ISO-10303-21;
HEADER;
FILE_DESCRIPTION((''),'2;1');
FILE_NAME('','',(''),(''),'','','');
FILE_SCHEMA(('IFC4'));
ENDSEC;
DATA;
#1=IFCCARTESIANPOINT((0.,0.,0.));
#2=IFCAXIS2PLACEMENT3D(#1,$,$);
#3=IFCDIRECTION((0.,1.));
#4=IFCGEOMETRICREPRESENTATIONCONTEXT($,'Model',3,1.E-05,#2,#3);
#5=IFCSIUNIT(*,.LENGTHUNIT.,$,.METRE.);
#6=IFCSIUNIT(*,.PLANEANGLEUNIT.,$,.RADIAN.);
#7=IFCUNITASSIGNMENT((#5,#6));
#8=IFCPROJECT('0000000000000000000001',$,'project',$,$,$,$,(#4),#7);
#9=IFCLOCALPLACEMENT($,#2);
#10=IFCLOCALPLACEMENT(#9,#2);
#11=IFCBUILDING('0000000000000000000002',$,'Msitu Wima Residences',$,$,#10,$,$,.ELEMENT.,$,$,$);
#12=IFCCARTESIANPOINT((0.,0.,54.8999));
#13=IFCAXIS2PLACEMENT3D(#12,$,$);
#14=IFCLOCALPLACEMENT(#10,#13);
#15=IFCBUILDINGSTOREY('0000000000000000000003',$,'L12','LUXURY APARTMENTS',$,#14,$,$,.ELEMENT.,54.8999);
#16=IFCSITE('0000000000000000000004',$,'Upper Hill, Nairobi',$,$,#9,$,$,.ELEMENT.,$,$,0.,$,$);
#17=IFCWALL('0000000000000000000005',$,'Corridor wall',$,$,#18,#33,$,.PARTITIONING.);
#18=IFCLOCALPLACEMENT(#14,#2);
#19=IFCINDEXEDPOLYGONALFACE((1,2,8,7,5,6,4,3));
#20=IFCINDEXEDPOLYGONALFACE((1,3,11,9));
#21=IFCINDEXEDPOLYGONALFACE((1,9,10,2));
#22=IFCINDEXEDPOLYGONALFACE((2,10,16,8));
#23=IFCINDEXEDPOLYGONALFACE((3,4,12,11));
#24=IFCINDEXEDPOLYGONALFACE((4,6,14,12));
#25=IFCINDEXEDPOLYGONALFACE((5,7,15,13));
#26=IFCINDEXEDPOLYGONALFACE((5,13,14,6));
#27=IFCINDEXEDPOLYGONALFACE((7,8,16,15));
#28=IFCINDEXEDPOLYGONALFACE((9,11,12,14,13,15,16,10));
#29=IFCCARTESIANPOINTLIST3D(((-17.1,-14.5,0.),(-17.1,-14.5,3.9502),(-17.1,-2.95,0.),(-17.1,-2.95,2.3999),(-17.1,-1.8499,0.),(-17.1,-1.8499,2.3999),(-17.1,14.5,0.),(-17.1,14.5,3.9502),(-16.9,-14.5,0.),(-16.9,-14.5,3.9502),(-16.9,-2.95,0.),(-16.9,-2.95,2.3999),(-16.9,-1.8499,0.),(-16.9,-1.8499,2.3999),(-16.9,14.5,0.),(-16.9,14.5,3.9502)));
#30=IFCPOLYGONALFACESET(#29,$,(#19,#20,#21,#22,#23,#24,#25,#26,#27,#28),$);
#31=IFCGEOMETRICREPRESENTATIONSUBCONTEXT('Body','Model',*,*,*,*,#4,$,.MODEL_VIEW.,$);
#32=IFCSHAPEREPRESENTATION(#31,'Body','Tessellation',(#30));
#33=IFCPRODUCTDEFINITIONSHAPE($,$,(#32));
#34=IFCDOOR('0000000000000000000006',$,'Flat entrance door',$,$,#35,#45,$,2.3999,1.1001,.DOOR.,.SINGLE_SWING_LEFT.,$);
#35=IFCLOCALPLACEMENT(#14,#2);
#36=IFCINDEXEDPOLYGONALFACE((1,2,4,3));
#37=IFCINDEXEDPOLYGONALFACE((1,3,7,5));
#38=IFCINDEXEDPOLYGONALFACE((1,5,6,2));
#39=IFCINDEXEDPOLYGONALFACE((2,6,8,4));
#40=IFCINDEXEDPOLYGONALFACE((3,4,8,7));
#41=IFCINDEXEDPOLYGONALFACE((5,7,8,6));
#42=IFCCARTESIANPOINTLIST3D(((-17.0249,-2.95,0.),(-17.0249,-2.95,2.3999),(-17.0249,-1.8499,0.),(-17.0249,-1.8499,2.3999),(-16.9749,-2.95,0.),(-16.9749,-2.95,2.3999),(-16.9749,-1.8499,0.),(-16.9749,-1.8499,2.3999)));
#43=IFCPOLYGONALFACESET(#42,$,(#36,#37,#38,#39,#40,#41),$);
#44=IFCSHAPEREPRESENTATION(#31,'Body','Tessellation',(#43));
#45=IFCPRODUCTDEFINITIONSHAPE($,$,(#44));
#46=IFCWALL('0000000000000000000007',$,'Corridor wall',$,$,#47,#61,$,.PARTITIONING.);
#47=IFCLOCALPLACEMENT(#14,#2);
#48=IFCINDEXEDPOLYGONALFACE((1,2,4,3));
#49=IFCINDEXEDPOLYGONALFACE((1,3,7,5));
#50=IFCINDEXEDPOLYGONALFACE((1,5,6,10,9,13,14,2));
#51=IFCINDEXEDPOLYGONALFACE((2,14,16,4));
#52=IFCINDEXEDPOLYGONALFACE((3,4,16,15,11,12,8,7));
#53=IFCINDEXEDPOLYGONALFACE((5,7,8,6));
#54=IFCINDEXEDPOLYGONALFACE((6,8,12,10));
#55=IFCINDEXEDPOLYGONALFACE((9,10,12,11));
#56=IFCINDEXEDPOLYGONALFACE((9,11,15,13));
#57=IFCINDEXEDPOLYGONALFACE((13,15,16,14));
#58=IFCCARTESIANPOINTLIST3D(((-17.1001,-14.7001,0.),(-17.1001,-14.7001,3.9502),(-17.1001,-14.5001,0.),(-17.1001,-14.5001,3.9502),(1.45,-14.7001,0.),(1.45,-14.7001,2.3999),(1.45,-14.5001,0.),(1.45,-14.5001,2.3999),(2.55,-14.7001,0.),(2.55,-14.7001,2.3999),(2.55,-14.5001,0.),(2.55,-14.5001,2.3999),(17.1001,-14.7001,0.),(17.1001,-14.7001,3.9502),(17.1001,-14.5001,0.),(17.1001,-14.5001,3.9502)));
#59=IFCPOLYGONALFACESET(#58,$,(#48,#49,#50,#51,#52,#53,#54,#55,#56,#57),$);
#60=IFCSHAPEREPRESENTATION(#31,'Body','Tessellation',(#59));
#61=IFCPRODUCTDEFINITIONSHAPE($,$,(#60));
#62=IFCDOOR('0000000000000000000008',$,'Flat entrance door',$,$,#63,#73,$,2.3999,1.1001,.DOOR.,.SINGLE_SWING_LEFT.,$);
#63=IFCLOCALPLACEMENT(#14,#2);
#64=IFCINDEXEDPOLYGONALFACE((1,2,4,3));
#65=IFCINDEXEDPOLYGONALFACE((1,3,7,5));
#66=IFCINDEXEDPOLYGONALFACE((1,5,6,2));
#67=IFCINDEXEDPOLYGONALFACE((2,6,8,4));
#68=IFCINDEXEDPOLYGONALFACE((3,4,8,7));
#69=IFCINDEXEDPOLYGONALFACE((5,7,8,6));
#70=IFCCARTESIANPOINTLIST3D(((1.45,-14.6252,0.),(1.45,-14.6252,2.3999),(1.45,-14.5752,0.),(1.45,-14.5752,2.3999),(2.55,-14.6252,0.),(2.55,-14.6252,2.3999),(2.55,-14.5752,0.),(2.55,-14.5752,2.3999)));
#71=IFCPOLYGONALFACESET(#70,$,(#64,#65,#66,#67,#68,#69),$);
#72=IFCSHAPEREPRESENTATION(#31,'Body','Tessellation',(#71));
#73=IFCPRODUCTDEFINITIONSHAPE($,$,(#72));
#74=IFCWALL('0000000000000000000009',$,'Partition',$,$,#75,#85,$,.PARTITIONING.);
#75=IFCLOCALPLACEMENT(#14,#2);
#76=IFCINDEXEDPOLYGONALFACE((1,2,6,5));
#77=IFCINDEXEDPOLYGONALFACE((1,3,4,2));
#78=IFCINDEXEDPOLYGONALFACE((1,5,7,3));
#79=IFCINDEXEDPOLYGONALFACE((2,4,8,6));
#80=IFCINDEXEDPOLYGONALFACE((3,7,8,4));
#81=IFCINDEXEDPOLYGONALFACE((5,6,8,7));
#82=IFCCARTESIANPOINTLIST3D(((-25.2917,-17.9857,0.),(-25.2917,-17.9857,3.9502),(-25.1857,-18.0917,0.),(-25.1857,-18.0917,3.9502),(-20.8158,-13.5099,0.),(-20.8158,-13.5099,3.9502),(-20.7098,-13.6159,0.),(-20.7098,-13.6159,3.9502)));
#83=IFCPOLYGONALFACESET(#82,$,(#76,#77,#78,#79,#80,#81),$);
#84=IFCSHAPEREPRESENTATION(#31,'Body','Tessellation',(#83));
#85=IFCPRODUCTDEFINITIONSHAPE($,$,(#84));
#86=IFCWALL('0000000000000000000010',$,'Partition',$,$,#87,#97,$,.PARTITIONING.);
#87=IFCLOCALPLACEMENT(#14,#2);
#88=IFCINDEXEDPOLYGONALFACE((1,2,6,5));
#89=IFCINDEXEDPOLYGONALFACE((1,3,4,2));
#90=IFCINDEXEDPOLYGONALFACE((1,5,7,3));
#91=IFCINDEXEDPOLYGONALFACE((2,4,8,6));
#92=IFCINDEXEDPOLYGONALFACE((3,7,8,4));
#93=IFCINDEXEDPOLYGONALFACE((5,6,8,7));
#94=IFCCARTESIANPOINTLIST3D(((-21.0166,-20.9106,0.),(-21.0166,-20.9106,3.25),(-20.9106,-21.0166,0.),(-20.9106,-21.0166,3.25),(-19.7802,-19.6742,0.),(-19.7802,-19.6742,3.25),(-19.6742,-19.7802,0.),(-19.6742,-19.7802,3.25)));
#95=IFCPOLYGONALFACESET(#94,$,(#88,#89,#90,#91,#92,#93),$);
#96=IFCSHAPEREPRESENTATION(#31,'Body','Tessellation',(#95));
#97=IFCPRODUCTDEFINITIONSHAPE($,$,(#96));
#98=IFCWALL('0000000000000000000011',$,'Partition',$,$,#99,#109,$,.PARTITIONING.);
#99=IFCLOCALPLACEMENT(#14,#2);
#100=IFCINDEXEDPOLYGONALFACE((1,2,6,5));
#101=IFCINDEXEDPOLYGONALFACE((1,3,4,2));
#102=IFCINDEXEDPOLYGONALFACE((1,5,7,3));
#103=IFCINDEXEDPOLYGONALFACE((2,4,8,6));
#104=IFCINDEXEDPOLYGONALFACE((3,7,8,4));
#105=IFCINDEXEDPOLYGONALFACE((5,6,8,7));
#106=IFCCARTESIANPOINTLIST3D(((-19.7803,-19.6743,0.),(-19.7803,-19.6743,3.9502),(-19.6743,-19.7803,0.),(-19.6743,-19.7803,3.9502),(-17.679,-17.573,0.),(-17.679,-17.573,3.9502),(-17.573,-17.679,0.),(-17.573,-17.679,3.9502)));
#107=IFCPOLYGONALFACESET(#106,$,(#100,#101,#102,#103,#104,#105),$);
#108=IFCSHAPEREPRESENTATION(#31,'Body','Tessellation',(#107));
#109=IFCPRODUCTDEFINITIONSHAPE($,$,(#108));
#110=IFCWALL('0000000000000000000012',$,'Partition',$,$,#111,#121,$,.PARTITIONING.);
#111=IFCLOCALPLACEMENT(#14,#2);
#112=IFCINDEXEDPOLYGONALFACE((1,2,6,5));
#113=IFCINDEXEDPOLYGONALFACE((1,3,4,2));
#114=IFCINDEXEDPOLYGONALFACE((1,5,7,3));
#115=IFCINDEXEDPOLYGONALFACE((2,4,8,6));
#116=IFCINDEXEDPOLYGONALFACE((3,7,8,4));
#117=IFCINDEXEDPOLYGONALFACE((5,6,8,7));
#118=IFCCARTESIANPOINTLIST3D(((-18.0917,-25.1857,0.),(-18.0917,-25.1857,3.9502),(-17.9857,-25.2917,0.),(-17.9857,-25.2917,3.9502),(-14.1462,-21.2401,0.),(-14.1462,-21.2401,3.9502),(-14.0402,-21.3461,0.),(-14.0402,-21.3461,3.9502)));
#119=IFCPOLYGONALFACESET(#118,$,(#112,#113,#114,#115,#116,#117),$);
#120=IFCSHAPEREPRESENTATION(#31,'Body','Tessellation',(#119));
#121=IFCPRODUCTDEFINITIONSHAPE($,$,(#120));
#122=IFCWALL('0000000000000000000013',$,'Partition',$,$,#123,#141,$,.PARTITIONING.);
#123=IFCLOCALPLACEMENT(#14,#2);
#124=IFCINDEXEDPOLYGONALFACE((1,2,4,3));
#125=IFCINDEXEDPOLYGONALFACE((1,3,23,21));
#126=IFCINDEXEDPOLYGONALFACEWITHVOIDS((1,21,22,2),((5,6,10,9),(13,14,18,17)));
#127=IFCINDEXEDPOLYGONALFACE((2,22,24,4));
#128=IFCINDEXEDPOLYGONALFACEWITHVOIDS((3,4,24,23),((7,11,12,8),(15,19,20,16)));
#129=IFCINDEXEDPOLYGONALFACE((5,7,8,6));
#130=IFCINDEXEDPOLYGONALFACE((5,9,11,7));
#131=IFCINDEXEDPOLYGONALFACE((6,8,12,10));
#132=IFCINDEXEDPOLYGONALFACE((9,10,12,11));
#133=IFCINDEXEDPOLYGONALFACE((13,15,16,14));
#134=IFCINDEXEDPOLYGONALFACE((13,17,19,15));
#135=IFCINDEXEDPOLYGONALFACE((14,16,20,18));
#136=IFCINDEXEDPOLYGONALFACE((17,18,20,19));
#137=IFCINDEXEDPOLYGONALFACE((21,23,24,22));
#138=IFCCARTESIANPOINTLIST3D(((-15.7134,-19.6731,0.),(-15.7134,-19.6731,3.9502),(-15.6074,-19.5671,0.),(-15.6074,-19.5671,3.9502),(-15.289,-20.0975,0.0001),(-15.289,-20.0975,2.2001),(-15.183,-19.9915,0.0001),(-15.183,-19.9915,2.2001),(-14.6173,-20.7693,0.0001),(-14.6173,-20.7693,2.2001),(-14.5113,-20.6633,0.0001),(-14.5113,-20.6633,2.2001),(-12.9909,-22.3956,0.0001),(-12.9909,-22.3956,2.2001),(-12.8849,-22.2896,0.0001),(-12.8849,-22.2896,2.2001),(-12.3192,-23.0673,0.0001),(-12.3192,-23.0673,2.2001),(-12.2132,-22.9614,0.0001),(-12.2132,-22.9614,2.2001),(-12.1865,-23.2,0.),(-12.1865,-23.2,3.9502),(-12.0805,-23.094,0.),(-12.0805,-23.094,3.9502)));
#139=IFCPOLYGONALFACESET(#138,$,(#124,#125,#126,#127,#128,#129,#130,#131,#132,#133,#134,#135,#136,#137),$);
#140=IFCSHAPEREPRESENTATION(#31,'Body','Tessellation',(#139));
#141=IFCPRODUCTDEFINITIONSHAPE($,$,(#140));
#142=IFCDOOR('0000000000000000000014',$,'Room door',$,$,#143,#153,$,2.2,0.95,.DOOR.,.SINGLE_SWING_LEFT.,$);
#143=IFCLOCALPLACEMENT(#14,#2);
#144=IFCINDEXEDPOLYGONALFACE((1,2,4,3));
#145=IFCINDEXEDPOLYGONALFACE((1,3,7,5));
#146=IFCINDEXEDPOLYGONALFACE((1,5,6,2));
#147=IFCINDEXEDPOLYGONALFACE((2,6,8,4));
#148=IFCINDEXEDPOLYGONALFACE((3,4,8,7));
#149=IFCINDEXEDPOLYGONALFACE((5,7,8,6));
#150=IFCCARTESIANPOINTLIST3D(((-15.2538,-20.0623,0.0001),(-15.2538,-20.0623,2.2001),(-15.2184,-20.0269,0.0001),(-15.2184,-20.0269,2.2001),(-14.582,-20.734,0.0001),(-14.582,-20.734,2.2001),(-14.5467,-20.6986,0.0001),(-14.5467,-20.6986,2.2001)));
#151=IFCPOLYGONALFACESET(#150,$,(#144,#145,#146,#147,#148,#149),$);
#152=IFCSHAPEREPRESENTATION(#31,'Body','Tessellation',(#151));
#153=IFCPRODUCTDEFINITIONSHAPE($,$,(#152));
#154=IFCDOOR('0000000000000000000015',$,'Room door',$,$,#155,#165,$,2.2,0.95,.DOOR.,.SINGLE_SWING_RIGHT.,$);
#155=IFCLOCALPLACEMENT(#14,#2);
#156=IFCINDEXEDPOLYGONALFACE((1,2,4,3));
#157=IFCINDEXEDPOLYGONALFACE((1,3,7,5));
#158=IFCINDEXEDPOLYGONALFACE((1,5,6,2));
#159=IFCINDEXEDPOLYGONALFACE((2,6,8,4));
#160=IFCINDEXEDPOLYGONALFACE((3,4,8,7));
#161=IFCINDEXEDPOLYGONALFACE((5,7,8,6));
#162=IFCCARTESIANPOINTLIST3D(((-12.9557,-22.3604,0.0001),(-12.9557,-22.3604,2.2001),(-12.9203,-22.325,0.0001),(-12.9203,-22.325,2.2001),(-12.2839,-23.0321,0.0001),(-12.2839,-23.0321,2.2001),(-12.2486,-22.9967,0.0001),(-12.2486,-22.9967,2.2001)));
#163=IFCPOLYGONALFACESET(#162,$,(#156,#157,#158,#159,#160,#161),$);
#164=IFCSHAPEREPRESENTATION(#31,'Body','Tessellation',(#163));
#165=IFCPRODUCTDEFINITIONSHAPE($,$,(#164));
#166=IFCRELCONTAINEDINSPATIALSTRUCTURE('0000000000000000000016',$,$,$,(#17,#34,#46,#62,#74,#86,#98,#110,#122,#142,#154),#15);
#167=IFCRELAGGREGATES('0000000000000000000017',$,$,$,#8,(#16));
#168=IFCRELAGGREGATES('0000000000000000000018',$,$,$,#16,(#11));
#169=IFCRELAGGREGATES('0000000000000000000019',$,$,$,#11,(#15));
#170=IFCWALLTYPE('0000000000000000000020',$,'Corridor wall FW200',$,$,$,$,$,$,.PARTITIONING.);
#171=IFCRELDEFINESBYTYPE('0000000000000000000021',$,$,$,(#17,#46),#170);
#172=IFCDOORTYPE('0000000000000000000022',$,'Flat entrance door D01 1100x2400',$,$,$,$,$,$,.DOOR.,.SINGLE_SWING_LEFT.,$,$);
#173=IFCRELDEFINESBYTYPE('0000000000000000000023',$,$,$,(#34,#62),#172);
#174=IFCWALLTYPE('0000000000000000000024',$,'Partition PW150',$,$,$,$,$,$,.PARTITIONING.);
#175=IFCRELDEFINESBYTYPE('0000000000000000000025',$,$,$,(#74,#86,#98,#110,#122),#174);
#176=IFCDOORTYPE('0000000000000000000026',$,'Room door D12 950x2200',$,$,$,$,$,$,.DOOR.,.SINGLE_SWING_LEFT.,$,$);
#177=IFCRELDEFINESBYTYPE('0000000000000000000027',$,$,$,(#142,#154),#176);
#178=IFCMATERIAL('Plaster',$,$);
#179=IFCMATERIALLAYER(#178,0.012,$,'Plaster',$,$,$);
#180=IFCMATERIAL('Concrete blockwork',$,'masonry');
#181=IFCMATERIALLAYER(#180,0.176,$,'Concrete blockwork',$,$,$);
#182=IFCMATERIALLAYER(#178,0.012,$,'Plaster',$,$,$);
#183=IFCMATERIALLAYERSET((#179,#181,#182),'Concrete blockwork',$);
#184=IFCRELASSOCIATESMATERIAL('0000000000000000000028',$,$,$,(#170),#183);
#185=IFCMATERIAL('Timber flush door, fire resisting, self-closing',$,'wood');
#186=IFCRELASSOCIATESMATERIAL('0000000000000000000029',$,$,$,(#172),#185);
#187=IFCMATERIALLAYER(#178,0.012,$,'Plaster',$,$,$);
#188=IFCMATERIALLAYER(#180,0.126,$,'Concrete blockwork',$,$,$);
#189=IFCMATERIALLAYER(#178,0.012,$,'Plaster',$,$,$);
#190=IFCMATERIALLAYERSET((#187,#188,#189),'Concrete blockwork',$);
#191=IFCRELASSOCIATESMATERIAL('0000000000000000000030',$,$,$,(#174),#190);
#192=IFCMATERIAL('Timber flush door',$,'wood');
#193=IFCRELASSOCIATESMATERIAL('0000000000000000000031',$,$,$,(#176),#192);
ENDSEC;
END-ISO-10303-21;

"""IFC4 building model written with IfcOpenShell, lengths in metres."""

from ifc_helpers import new_model, si_unit, direction, frame, frame_2d, origin, place, context, subcontext, project, spatial, rectangle, extrude, material, layer, layer_set, type_object, element, fill, save


model = new_model("IFC4")

# Units and contexts
model_context = context("Model", 3, precision=1e-05, world=origin(), true_north=direction((0.0, 1.0)))
body_context = subcontext(model_context, "Body", "Model", "MODEL_VIEW")
ifc_project = project(units=[si_unit("LENGTHUNIT", "METRE"), si_unit("PLANEANGLEUNIT", "RADIAN")], contexts=[model_context])

# Site, building, storey
site_placement = place(None, origin())
site = spatial("IfcSite", under=ifc_project, at=site_placement, Name="Upper Hill, Nairobi", CompositionType="ELEMENT", RefElevation=0.0)
building_placement = place(site_placement, origin())
building = spatial("IfcBuilding", under=site, at=building_placement, Name="Msitu Wima Residences", CompositionType="ELEMENT")
storey_placement = place(building_placement, frame((0.0, 0.0, 54.8999)))
storey = spatial("IfcBuildingStorey", under=building, at=storey_placement, Name="L12", Description="LUXURY APARTMENTS", CompositionType="ELEMENT", Elevation=54.8999)

# Walls, openings, doors
ifc_material_1 = material(Name="Plaster")
ifc_layer_1 = layer(ifc_material_1, 0.012, Name="Plaster")
ifc_material_2 = material(Name="Concrete blockwork", Category="masonry")
ifc_layer_2 = layer(ifc_material_2, 0.176, Name="Concrete blockwork")
ifc_layer_3 = layer(ifc_material_1, 0.012, Name="Plaster")
ifc_layer_set_1 = layer_set([ifc_layer_1, ifc_layer_2, ifc_layer_3], Name="Concrete blockwork")
wall_type_1 = type_object("IfcWallType", Name="Corridor wall FW200", PredefinedType="PARTITIONING", material=ifc_layer_set_1)
wall_1_placement = place(storey_placement, frame((-17.0, -14.5, 0.0), z_axis=(0.0, 0.0, 1.0), x_axis=(0.0, 1.0, 0.0)))
wall_1 = element("IfcWall", 1, at=wall_1_placement, inside=storey, type_object=wall_type_1, Name="Corridor wall", PredefinedType="PARTITIONING", context=body_context, shape_type="SweptSolid", body=[
    extrude(rectangle(XDim=29.0, YDim=0.2, at=frame_2d((14.5, 0.0))), origin(), (0.0, 0.0, 1.0), 3.9502),
])
opening_1_placement = place(wall_1_placement, frame((11.55, 0.0, 0.0)))
opening_1 = element("IfcOpeningElement", 2, at=opening_1_placement, cuts=wall_1, PredefinedType="OPENING", context=body_context, shape_type="SweptSolid", body=[
    extrude(rectangle(XDim=1.1001, YDim=2.3999, at=frame_2d((0.55, 1.2))), frame((0.0, 0.1099, 0.0), z_axis=(0.0, -1.0, 0.0), x_axis=(1.0, 0.0, 0.0)), (0.0, 0.0, 1.0), 0.22),
])
ifc_material_3 = material(Name="Timber flush door, fire resisting, self-closing", Category="wood")
door_type_1 = type_object("IfcDoorType", Name="Flat entrance door D01 1100x2400", OperationType="SINGLE_SWING_LEFT", PredefinedType="DOOR", material=ifc_material_3)
door_1_placement = place(opening_1_placement, origin())
door_1 = element("IfcDoor", 3, at=door_1_placement, inside=storey, type_object=door_type_1, Name="Flat entrance door", OperationType="SINGLE_SWING_LEFT", OverallHeight=2.3999, OverallWidth=1.1001, PredefinedType="DOOR", context=body_context, shape_type="SweptSolid", body=[
    extrude(rectangle(XDim=1.1001, YDim=2.3999, at=frame_2d((0.55, 1.2))), frame((0.0, 0.0249, 0.0), z_axis=(0.0, -1.0, 0.0), x_axis=(1.0, 0.0, 0.0)), (0.0, 0.0, 1.0), 0.05),
])
fill(opening_1, door_1)
wall_2_placement = place(storey_placement, frame((-17.1001, -14.6001, 0.0), z_axis=(0.0, 0.0, 1.0), x_axis=(1.0, 0.0, 0.0)))
wall_2 = element("IfcWall", 4, at=wall_2_placement, inside=storey, type_object=wall_type_1, Name="Corridor wall", PredefinedType="PARTITIONING", context=body_context, shape_type="SweptSolid", body=[
    extrude(rectangle(XDim=34.2002, YDim=0.2, at=frame_2d((17.1001, 0.0))), origin(), (0.0, 0.0, 1.0), 3.9502),
])
opening_2_placement = place(wall_2_placement, frame((18.55, 0.0, 0.0)))
opening_2 = element("IfcOpeningElement", 5, at=opening_2_placement, cuts=wall_2, PredefinedType="OPENING", context=body_context, shape_type="SweptSolid", body=[
    extrude(rectangle(XDim=1.1001, YDim=2.3999, at=frame_2d((0.55, 1.2))), frame((0.0, 0.1099, 0.0), z_axis=(0.0, -1.0, 0.0), x_axis=(1.0, 0.0, 0.0)), (0.0, 0.0, 1.0), 0.22),
])
door_2_placement = place(opening_2_placement, origin())
door_2 = element("IfcDoor", 6, at=door_2_placement, inside=storey, type_object=door_type_1, Name="Flat entrance door", OperationType="SINGLE_SWING_LEFT", OverallHeight=2.3999, OverallWidth=1.1001, PredefinedType="DOOR", context=body_context, shape_type="SweptSolid", body=[
    extrude(rectangle(XDim=1.1001, YDim=2.3999, at=frame_2d((0.55, 1.2))), frame((0.0, 0.0249, 0.0), z_axis=(0.0, -1.0, 0.0), x_axis=(1.0, 0.0, 0.0)), (0.0, 0.0, 1.0), 0.05),
])
fill(opening_2, door_2)

# Walls
ifc_layer_4 = layer(ifc_material_1, 0.012, Name="Plaster")
ifc_layer_5 = layer(ifc_material_2, 0.126, Name="Concrete blockwork")
ifc_layer_6 = layer(ifc_material_1, 0.012, Name="Plaster")
ifc_layer_set_2 = layer_set([ifc_layer_4, ifc_layer_5, ifc_layer_6], Name="Concrete blockwork")
wall_type_2 = type_object("IfcWallType", Name="Partition PW150", PredefinedType="PARTITIONING", material=ifc_layer_set_2)
wall_3_placement = place(storey_placement, frame((-25.2388, -18.0388, 0.0), z_axis=(0.0, 0.0, 1.0), x_axis=(0.707107, 0.707107, 0.0)))
element("IfcWall", 7, at=wall_3_placement, inside=storey, type_object=wall_type_2, Name="Partition", PredefinedType="PARTITIONING", context=body_context, shape_type="SweptSolid", body=[
    extrude(rectangle(XDim=6.3298, YDim=0.1499, at=frame_2d((3.165, 0.0))), origin(), (0.0, 0.0, 1.0), 3.9502),
])
wall_4_placement = place(storey_placement, frame((-20.9636, -20.9636, 0.0), z_axis=(0.0, 0.0, 1.0), x_axis=(0.707107, 0.707107, 0.0)))
element("IfcWall", 8, at=wall_4_placement, inside=storey, type_object=wall_type_2, Name="Partition", PredefinedType="PARTITIONING", context=body_context, shape_type="SweptSolid", body=[
    extrude(rectangle(XDim=1.7485, YDim=0.1499, at=frame_2d((0.8743, 0.0))), origin(), (0.0, 0.0, 1.0), 3.25),
])
wall_5_placement = place(storey_placement, frame((-19.7273, -19.7273, 0.0), z_axis=(0.0, 0.0, 1.0), x_axis=(0.707107, 0.707107, 0.0)))
element("IfcWall", 9, at=wall_5_placement, inside=storey, type_object=wall_type_2, Name="Partition", PredefinedType="PARTITIONING", context=body_context, shape_type="SweptSolid", body=[
    extrude(rectangle(XDim=2.9717, YDim=0.1499, at=frame_2d((1.4858, 0.0))), origin(), (0.0, 0.0, 1.0), 3.9502),
])
wall_6_placement = place(storey_placement, frame((-18.0388, -25.2388, 0.0), z_axis=(0.0, 0.0, 1.0), x_axis=(0.707107, 0.707107, 0.0)))
element("IfcWall", 10, at=wall_6_placement, inside=storey, type_object=wall_type_2, Name="Partition", PredefinedType="PARTITIONING", context=body_context, shape_type="SweptSolid", body=[
    extrude(rectangle(XDim=5.5798, YDim=0.1499, at=frame_2d((2.79, 0.0))), origin(), (0.0, 0.0, 1.0), 3.9502),
])

# Wall, openings, doors
wall_7_placement = place(storey_placement, frame((-15.6604, -19.6201, 0.0), z_axis=(0.0, 0.0, 1.0), x_axis=(0.707107, -0.707107, 0.0)))
wall_7 = element("IfcWall", 11, at=wall_7_placement, inside=storey, type_object=wall_type_2, Name="Partition", PredefinedType="PARTITIONING", context=body_context, shape_type="SweptSolid", body=[
    extrude(rectangle(XDim=4.9878, YDim=0.1499, at=frame_2d((2.4939, 0.0))), origin(), (0.0, 0.0, 1.0), 3.9502),
])
opening_3_placement = place(wall_7_placement, frame((0.6001, 0.0, 0.0)))
opening_3 = element("IfcOpeningElement", 12, at=opening_3_placement, cuts=wall_7, PredefinedType="OPENING", context=body_context, shape_type="SweptSolid", body=[
    extrude(rectangle(XDim=0.95, YDim=2.2, at=frame_2d((0.4751, 1.1001))), frame((0.0, 0.085, 0.0), z_axis=(0.0, -1.0, 0.0), x_axis=(1.0, 0.0, 0.0)), (0.0, 0.0, 1.0), 0.1699),
])
opening_4_placement = place(wall_7_placement, frame((3.8501, 0.0, 0.0)))
opening_4 = element("IfcOpeningElement", 13, at=opening_4_placement, cuts=wall_7, PredefinedType="OPENING", context=body_context, shape_type="SweptSolid", body=[
    extrude(rectangle(XDim=0.95, YDim=2.2, at=frame_2d((0.4751, 1.1001))), frame((0.0, 0.085, 0.0), z_axis=(0.0, -1.0, 0.0), x_axis=(1.0, 0.0, 0.0)), (0.0, 0.0, 1.0), 0.1699),
])
ifc_material_4 = material(Name="Timber flush door", Category="wood")
door_type_2 = type_object("IfcDoorType", Name="Room door D12 950x2200", OperationType="SINGLE_SWING_LEFT", PredefinedType="DOOR", material=ifc_material_4)
door_3_placement = place(opening_3_placement, origin())
door_3 = element("IfcDoor", 14, at=door_3_placement, inside=storey, type_object=door_type_2, Name="Room door", OperationType="SINGLE_SWING_LEFT", OverallHeight=2.2, OverallWidth=0.95, PredefinedType="DOOR", context=body_context, shape_type="SweptSolid", body=[
    extrude(rectangle(XDim=0.95, YDim=2.2, at=frame_2d((0.4751, 1.1001))), frame((0.0, 0.0249, 0.0), z_axis=(0.0, -1.0, 0.0), x_axis=(1.0, 0.0, 0.0)), (0.0, 0.0, 1.0), 0.05),
])
fill(opening_3, door_3)
door_4_placement = place(opening_4_placement, origin())
door_4 = element("IfcDoor", 15, at=door_4_placement, inside=storey, type_object=door_type_2, Name="Room door", OperationType="SINGLE_SWING_RIGHT", OverallHeight=2.2, OverallWidth=0.95, PredefinedType="DOOR", context=body_context, shape_type="SweptSolid", body=[
    extrude(rectangle(XDim=0.95, YDim=2.2, at=frame_2d((0.4751, 1.1001))), frame((0.0, 0.0249, 0.0), z_axis=(0.0, -1.0, 0.0), x_axis=(1.0, 0.0, 0.0)), (0.0, 0.0, 1.0), 0.05),
])
fill(opening_4, door_4)

save(model, "model.ifc")
